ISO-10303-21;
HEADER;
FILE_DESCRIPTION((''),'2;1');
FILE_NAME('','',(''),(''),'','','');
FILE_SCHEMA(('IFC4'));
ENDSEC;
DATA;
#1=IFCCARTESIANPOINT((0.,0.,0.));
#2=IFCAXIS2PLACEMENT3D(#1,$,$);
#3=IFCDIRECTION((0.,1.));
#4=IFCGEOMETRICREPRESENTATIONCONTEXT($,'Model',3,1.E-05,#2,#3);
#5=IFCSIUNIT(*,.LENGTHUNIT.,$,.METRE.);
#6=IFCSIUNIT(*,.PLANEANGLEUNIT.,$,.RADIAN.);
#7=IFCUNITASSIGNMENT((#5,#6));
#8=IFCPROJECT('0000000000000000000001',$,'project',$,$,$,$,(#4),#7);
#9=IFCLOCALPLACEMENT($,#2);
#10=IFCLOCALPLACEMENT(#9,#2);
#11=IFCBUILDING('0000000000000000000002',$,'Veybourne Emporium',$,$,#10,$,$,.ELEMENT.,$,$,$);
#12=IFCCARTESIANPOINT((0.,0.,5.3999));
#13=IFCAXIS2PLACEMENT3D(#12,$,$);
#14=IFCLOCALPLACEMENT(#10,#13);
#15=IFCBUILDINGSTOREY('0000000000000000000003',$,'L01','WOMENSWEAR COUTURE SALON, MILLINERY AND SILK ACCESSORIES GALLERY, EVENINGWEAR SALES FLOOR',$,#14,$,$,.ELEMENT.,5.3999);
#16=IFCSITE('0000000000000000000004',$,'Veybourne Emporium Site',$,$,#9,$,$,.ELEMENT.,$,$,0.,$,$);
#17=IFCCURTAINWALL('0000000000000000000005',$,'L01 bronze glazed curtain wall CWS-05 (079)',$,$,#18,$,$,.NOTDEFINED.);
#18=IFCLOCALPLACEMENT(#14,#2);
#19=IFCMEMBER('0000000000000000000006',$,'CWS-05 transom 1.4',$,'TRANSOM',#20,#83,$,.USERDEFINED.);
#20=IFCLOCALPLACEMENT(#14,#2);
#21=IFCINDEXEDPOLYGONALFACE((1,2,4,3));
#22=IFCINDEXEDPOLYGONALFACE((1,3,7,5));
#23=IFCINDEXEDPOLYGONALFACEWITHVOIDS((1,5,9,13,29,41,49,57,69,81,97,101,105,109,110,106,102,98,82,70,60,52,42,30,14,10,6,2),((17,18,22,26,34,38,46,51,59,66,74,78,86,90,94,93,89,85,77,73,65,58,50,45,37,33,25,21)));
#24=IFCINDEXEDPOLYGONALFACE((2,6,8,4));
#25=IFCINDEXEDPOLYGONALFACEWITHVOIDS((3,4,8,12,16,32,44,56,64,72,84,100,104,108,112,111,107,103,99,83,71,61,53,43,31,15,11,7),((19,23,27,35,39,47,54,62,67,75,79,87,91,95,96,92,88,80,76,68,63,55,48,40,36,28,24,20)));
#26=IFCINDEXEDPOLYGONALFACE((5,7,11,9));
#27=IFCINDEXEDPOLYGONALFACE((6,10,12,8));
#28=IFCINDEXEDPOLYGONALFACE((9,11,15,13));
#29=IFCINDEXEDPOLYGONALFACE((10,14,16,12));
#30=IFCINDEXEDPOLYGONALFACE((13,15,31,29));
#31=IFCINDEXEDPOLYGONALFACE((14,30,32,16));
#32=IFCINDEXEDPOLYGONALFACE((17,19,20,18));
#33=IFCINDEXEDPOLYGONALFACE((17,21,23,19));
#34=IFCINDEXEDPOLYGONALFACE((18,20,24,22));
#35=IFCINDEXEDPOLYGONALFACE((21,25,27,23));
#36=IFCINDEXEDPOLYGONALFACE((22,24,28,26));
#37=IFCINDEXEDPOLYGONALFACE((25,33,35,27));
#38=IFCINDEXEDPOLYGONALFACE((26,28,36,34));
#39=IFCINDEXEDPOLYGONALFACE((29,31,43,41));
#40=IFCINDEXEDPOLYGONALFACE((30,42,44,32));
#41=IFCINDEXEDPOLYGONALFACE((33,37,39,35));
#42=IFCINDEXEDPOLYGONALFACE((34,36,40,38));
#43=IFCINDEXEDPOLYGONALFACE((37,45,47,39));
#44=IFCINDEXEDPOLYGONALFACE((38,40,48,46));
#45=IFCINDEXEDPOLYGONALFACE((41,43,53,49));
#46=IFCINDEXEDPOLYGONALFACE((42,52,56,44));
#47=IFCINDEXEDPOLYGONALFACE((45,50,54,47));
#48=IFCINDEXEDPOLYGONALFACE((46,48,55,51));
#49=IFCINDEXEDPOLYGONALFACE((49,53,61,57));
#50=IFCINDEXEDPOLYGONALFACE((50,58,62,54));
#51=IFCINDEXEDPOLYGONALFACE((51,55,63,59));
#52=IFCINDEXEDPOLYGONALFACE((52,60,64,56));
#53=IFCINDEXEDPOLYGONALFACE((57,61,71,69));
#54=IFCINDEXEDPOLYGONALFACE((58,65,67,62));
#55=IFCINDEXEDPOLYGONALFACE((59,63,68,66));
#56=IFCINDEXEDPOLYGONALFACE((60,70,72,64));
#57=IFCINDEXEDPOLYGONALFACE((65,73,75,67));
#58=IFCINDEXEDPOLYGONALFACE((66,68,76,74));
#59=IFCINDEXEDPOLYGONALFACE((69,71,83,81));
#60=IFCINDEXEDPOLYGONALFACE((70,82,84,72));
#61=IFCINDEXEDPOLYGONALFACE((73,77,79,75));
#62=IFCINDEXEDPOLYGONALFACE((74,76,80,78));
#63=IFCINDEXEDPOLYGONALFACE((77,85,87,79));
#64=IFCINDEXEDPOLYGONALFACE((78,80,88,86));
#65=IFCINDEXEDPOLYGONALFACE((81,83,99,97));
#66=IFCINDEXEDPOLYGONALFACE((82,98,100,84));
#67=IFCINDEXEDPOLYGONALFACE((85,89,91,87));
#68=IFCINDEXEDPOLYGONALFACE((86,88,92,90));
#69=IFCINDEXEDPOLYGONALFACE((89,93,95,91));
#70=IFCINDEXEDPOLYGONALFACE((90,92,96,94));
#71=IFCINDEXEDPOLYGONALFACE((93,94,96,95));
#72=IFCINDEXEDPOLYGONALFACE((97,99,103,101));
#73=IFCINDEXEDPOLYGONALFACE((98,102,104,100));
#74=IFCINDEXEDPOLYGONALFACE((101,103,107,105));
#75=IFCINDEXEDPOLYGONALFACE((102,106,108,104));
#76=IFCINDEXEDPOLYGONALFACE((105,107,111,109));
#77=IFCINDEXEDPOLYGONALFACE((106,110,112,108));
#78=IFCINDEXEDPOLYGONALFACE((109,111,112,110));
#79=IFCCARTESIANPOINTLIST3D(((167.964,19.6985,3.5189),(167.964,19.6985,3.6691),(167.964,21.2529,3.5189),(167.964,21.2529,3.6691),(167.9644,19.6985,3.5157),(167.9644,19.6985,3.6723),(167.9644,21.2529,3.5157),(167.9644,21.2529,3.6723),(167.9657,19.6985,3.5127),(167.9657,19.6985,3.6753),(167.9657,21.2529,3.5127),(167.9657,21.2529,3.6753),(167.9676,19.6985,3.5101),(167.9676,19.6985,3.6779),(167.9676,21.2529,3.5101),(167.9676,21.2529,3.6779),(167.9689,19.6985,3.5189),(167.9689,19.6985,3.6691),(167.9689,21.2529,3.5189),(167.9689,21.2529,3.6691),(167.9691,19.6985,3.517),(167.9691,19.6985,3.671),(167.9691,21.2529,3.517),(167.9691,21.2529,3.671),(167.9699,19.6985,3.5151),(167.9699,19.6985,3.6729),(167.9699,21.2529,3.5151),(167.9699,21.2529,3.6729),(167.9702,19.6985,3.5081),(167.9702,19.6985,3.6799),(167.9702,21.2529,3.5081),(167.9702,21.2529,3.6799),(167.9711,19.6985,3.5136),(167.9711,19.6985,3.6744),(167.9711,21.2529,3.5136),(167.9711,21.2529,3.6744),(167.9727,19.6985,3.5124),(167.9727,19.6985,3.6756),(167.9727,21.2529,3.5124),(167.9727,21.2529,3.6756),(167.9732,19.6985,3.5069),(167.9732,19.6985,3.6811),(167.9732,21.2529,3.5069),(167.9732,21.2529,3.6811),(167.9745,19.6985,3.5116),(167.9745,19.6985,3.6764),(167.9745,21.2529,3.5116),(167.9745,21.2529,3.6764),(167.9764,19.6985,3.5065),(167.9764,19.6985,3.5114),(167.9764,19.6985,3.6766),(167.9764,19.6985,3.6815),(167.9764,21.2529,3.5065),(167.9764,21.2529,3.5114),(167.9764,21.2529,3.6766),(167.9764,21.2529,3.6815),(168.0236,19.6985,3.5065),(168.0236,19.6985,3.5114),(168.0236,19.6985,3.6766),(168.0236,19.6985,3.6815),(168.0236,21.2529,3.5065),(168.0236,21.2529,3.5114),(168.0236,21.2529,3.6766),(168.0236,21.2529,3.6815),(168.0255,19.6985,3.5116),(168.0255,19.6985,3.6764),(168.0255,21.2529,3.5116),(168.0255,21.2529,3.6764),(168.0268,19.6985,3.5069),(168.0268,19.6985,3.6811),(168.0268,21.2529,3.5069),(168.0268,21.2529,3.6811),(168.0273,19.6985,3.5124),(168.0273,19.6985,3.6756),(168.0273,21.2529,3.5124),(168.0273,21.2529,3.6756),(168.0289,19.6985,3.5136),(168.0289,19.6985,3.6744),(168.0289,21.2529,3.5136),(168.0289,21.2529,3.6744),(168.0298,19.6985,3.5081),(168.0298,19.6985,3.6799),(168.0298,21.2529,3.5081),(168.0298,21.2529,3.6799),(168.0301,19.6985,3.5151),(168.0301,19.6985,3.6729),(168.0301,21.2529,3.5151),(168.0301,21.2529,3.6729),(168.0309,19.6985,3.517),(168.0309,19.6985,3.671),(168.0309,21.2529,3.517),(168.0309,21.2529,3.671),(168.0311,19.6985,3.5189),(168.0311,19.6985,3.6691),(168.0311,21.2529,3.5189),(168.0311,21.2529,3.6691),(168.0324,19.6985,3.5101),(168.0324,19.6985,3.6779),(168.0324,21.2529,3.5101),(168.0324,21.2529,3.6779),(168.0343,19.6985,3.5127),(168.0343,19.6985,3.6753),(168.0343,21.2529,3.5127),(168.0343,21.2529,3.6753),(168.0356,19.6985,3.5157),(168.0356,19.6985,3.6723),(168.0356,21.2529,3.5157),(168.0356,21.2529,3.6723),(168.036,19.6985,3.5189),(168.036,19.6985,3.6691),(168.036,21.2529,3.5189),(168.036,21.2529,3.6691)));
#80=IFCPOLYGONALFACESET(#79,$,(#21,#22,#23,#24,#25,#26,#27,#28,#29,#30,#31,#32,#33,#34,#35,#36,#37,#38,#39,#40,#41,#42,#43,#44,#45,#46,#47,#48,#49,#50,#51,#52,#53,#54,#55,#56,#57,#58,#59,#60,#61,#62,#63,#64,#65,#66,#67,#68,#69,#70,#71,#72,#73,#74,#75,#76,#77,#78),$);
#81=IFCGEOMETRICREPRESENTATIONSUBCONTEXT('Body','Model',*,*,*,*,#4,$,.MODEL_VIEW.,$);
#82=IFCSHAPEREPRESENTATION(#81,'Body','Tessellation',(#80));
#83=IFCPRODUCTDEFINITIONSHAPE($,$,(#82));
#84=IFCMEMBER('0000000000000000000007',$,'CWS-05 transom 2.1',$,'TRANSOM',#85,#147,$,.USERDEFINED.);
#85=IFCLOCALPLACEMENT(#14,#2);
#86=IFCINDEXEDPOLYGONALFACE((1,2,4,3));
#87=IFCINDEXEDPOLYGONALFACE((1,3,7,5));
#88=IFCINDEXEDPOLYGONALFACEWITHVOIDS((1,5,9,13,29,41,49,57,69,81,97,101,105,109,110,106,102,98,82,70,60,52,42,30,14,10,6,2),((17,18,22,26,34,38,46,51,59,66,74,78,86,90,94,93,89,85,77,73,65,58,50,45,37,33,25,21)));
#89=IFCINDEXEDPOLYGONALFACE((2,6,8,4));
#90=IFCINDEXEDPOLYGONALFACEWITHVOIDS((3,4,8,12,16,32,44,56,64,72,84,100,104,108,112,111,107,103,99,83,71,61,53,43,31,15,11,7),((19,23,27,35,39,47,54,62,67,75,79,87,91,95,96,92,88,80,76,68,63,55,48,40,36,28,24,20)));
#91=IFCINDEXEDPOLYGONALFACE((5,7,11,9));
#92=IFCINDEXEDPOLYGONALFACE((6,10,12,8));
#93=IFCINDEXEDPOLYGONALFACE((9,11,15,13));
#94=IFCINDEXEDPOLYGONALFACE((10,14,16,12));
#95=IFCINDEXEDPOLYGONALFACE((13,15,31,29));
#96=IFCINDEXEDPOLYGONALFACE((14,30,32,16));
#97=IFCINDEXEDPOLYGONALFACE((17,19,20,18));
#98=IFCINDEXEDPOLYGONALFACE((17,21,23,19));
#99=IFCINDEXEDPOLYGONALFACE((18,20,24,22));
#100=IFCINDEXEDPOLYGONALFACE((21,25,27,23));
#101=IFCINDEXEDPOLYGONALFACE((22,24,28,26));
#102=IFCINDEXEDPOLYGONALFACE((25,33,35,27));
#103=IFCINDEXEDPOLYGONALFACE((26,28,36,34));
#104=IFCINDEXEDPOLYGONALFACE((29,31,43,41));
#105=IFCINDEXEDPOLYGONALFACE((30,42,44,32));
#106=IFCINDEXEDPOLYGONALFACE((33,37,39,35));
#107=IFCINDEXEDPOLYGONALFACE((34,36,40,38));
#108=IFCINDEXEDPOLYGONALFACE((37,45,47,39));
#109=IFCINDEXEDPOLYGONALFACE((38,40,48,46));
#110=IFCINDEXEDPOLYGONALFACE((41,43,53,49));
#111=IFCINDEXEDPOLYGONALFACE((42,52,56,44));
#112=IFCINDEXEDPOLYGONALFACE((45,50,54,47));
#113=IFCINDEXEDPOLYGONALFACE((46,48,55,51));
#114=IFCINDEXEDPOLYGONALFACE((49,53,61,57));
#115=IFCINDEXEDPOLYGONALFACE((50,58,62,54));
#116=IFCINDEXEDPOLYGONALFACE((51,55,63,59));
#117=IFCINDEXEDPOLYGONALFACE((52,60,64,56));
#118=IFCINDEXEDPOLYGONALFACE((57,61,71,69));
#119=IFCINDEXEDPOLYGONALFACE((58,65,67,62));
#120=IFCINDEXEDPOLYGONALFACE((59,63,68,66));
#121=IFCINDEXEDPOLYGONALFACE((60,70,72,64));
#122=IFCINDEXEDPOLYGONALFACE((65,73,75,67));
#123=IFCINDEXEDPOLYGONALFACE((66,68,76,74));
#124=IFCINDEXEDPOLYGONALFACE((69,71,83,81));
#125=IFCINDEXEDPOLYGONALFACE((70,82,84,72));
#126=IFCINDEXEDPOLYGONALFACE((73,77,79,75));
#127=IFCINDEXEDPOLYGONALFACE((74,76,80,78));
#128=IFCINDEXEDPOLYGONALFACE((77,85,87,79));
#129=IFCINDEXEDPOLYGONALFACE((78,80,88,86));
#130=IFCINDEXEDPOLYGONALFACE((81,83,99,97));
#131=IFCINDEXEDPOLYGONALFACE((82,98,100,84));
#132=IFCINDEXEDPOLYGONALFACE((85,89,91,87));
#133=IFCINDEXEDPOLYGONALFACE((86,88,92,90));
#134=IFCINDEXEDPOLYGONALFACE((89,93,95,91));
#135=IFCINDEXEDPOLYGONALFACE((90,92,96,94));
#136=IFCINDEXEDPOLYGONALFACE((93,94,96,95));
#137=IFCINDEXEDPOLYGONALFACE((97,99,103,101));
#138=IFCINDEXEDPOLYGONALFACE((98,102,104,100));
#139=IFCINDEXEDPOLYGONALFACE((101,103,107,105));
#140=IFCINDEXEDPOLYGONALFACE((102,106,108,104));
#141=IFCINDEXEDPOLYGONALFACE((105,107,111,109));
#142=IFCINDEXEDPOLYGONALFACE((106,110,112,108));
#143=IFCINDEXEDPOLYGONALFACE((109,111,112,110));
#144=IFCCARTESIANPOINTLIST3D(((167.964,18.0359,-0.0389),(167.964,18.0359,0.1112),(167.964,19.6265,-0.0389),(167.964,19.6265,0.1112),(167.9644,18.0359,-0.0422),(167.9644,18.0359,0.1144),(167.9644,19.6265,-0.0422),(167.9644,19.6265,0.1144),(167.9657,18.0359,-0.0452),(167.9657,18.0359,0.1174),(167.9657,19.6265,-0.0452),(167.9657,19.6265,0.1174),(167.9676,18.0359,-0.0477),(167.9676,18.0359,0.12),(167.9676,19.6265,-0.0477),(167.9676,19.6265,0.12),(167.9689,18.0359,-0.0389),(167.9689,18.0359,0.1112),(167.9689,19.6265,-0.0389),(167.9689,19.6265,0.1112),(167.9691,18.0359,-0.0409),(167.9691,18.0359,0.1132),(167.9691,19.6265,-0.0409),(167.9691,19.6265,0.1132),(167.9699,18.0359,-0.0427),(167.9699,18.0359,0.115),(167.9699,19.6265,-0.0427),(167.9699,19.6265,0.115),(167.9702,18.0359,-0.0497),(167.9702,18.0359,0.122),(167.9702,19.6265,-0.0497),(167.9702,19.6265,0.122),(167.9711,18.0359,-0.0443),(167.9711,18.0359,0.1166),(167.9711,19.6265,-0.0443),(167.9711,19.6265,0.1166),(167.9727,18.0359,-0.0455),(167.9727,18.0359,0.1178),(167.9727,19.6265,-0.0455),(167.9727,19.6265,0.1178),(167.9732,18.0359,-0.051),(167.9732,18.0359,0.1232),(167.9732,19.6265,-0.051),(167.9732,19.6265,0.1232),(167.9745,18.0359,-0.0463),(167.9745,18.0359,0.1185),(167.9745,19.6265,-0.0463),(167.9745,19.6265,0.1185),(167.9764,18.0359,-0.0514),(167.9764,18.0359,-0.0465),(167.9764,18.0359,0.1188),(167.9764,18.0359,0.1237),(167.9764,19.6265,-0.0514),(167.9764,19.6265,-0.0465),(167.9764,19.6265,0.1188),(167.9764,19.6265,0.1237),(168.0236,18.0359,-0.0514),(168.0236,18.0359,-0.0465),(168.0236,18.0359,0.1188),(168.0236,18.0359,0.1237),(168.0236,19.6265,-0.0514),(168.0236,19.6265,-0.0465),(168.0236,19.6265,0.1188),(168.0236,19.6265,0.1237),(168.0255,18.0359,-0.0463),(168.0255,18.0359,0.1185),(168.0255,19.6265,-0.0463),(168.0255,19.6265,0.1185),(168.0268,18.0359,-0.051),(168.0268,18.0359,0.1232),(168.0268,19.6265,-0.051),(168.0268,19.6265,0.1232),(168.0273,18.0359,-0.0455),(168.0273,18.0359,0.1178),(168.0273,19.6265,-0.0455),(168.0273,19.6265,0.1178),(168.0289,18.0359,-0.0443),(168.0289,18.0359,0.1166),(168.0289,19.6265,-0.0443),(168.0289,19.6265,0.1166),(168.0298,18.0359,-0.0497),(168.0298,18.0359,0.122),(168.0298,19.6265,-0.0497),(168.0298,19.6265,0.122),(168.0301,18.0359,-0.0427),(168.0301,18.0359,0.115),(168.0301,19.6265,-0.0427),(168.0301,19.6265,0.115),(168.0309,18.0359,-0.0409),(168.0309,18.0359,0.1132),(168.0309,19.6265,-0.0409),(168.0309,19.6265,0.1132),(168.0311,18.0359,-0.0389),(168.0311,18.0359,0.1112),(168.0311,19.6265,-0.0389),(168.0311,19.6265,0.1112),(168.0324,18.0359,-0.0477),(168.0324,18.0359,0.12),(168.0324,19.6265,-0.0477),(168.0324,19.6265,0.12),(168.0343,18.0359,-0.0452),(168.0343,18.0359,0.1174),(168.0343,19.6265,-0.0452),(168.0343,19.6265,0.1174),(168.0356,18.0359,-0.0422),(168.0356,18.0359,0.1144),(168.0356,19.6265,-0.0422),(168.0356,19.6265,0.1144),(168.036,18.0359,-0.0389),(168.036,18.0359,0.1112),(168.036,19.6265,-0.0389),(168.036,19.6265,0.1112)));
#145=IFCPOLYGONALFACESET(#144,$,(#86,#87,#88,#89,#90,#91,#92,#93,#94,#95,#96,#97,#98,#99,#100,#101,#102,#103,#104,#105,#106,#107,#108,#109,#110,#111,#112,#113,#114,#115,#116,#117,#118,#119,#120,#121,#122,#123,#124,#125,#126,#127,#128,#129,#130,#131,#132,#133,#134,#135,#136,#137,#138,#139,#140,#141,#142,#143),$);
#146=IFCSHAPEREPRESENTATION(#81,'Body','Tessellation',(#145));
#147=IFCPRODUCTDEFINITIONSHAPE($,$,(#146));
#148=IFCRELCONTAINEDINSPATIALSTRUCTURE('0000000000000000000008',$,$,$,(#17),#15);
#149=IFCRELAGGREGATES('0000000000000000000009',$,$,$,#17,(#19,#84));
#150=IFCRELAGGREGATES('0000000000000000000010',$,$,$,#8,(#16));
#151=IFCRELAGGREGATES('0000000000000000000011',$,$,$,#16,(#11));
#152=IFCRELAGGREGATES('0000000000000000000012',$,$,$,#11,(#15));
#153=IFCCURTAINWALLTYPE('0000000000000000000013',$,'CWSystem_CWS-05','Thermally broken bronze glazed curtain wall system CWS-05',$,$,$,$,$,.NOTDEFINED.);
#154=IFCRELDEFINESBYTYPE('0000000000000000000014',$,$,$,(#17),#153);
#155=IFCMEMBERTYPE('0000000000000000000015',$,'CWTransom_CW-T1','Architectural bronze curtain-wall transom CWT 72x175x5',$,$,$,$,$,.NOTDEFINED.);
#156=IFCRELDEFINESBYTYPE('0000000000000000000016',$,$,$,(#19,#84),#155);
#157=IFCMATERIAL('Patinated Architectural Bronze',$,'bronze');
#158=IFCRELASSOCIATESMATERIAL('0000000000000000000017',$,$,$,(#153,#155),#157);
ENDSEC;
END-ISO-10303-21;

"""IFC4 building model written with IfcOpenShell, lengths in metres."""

from ifc_helpers import new_model, si_unit, direction, frame, origin, origin_2d, place, context, subcontext, project, spatial, hollow_rectangle, extrude, material, material_profile, profile_set, type_object, element, aggregate, save


model = new_model("IFC4")

# Units and contexts
model_context = context("Model", 3, precision=1e-05, world=origin(), true_north=direction((0.0, 1.0)))
body_context = subcontext(model_context, "Body", "Model", "MODEL_VIEW")
ifc_project = project(units=[si_unit("LENGTHUNIT", "METRE"), si_unit("PLANEANGLEUNIT", "RADIAN")], contexts=[model_context])

# Site, building, storey
site_placement = place(None, origin())
site = spatial("IfcSite", under=ifc_project, at=site_placement, Name="Veybourne Emporium Site", CompositionType="ELEMENT", RefElevation=0.0)
building_placement = place(site_placement, origin())
building = spatial("IfcBuilding", under=site, at=building_placement, Name="Veybourne Emporium", CompositionType="ELEMENT")
storey_placement = place(building_placement, frame((0.0, 0.0, 5.3999)))
storey = spatial("IfcBuildingStorey", under=building, at=storey_placement, Name="L01", Description="WOMENSWEAR COUTURE SALON, MILLINERY AND SILK ACCESSORIES GALLERY, EVENINGWEAR SALES FLOOR", CompositionType="ELEMENT", Elevation=5.3999)

# Curtain wall, members
ifc_material_1 = material(Name="Patinated Architectural Bronze", Category="bronze")
curtain_wall_type = type_object("IfcCurtainWallType", Name="CWSystem_CWS-05", Description="Thermally broken bronze glazed curtain wall system CWS-05", PredefinedType="NOTDEFINED", material=ifc_material_1)
curtain_wall_placement = place(storey_placement, origin())
curtain_wall = element("IfcCurtainWall", 1, at=curtain_wall_placement, inside=storey, type_object=curtain_wall_type, Name="L01 bronze glazed curtain wall CWS-05 (079)", PredefinedType="NOTDEFINED")
ifc_material_profile_1 = material_profile(ifc_material_1, hollow_rectangle(XDim=0.072, YDim=0.175, WallThickness=0.0049, InnerFilletRadius=0.0076, OuterFilletRadius=0.0125, at=origin_2d()), Name="CWT 72x175x5")
ifc_profile_set_1 = profile_set([ifc_material_profile_1], Name="Patinated Architectural Bronze")
member_type_1 = type_object("IfcMemberType", Name="CWTransom_CW-T1", Description="Architectural bronze curtain-wall transom CWT 72x175x5", PredefinedType="NOTDEFINED", material=ifc_profile_set_1)
member_1_placement = place(storey_placement, frame((168.0, 21.2529, 3.594), z_axis=(0.0, -1.0, 0.0), x_axis=(1.0, 0.0, 0.0)))
member_1 = element("IfcMember", 2, at=member_1_placement, type_object=member_type_1, Name="CWS-05 transom 1.4", ObjectType="TRANSOM", PredefinedType="USERDEFINED", context=body_context, shape_type="SweptSolid", body=[
    extrude(hollow_rectangle(XDim=0.072, YDim=0.175, WallThickness=0.0049, InnerFilletRadius=0.0076, OuterFilletRadius=0.0125, at=origin_2d()), origin(), (0.0, 0.0, 1.0), 1.5544),
])
member_2_placement = place(storey_placement, frame((168.0, 19.6265, 0.0361), z_axis=(0.0, -1.0, 0.0), x_axis=(1.0, 0.0, 0.0)))
member_2 = element("IfcMember", 3, at=member_2_placement, type_object=member_type_1, Name="CWS-05 transom 2.1", ObjectType="TRANSOM", PredefinedType="USERDEFINED", context=body_context, shape_type="SweptSolid", body=[
    extrude(hollow_rectangle(XDim=0.072, YDim=0.175, WallThickness=0.0049, InnerFilletRadius=0.0076, OuterFilletRadius=0.0125, at=origin_2d()), origin(), (0.0, 0.0, 1.0), 1.5906),
])
aggregate(curtain_wall, [member_1, member_2])

save(model, "model.ifc")
